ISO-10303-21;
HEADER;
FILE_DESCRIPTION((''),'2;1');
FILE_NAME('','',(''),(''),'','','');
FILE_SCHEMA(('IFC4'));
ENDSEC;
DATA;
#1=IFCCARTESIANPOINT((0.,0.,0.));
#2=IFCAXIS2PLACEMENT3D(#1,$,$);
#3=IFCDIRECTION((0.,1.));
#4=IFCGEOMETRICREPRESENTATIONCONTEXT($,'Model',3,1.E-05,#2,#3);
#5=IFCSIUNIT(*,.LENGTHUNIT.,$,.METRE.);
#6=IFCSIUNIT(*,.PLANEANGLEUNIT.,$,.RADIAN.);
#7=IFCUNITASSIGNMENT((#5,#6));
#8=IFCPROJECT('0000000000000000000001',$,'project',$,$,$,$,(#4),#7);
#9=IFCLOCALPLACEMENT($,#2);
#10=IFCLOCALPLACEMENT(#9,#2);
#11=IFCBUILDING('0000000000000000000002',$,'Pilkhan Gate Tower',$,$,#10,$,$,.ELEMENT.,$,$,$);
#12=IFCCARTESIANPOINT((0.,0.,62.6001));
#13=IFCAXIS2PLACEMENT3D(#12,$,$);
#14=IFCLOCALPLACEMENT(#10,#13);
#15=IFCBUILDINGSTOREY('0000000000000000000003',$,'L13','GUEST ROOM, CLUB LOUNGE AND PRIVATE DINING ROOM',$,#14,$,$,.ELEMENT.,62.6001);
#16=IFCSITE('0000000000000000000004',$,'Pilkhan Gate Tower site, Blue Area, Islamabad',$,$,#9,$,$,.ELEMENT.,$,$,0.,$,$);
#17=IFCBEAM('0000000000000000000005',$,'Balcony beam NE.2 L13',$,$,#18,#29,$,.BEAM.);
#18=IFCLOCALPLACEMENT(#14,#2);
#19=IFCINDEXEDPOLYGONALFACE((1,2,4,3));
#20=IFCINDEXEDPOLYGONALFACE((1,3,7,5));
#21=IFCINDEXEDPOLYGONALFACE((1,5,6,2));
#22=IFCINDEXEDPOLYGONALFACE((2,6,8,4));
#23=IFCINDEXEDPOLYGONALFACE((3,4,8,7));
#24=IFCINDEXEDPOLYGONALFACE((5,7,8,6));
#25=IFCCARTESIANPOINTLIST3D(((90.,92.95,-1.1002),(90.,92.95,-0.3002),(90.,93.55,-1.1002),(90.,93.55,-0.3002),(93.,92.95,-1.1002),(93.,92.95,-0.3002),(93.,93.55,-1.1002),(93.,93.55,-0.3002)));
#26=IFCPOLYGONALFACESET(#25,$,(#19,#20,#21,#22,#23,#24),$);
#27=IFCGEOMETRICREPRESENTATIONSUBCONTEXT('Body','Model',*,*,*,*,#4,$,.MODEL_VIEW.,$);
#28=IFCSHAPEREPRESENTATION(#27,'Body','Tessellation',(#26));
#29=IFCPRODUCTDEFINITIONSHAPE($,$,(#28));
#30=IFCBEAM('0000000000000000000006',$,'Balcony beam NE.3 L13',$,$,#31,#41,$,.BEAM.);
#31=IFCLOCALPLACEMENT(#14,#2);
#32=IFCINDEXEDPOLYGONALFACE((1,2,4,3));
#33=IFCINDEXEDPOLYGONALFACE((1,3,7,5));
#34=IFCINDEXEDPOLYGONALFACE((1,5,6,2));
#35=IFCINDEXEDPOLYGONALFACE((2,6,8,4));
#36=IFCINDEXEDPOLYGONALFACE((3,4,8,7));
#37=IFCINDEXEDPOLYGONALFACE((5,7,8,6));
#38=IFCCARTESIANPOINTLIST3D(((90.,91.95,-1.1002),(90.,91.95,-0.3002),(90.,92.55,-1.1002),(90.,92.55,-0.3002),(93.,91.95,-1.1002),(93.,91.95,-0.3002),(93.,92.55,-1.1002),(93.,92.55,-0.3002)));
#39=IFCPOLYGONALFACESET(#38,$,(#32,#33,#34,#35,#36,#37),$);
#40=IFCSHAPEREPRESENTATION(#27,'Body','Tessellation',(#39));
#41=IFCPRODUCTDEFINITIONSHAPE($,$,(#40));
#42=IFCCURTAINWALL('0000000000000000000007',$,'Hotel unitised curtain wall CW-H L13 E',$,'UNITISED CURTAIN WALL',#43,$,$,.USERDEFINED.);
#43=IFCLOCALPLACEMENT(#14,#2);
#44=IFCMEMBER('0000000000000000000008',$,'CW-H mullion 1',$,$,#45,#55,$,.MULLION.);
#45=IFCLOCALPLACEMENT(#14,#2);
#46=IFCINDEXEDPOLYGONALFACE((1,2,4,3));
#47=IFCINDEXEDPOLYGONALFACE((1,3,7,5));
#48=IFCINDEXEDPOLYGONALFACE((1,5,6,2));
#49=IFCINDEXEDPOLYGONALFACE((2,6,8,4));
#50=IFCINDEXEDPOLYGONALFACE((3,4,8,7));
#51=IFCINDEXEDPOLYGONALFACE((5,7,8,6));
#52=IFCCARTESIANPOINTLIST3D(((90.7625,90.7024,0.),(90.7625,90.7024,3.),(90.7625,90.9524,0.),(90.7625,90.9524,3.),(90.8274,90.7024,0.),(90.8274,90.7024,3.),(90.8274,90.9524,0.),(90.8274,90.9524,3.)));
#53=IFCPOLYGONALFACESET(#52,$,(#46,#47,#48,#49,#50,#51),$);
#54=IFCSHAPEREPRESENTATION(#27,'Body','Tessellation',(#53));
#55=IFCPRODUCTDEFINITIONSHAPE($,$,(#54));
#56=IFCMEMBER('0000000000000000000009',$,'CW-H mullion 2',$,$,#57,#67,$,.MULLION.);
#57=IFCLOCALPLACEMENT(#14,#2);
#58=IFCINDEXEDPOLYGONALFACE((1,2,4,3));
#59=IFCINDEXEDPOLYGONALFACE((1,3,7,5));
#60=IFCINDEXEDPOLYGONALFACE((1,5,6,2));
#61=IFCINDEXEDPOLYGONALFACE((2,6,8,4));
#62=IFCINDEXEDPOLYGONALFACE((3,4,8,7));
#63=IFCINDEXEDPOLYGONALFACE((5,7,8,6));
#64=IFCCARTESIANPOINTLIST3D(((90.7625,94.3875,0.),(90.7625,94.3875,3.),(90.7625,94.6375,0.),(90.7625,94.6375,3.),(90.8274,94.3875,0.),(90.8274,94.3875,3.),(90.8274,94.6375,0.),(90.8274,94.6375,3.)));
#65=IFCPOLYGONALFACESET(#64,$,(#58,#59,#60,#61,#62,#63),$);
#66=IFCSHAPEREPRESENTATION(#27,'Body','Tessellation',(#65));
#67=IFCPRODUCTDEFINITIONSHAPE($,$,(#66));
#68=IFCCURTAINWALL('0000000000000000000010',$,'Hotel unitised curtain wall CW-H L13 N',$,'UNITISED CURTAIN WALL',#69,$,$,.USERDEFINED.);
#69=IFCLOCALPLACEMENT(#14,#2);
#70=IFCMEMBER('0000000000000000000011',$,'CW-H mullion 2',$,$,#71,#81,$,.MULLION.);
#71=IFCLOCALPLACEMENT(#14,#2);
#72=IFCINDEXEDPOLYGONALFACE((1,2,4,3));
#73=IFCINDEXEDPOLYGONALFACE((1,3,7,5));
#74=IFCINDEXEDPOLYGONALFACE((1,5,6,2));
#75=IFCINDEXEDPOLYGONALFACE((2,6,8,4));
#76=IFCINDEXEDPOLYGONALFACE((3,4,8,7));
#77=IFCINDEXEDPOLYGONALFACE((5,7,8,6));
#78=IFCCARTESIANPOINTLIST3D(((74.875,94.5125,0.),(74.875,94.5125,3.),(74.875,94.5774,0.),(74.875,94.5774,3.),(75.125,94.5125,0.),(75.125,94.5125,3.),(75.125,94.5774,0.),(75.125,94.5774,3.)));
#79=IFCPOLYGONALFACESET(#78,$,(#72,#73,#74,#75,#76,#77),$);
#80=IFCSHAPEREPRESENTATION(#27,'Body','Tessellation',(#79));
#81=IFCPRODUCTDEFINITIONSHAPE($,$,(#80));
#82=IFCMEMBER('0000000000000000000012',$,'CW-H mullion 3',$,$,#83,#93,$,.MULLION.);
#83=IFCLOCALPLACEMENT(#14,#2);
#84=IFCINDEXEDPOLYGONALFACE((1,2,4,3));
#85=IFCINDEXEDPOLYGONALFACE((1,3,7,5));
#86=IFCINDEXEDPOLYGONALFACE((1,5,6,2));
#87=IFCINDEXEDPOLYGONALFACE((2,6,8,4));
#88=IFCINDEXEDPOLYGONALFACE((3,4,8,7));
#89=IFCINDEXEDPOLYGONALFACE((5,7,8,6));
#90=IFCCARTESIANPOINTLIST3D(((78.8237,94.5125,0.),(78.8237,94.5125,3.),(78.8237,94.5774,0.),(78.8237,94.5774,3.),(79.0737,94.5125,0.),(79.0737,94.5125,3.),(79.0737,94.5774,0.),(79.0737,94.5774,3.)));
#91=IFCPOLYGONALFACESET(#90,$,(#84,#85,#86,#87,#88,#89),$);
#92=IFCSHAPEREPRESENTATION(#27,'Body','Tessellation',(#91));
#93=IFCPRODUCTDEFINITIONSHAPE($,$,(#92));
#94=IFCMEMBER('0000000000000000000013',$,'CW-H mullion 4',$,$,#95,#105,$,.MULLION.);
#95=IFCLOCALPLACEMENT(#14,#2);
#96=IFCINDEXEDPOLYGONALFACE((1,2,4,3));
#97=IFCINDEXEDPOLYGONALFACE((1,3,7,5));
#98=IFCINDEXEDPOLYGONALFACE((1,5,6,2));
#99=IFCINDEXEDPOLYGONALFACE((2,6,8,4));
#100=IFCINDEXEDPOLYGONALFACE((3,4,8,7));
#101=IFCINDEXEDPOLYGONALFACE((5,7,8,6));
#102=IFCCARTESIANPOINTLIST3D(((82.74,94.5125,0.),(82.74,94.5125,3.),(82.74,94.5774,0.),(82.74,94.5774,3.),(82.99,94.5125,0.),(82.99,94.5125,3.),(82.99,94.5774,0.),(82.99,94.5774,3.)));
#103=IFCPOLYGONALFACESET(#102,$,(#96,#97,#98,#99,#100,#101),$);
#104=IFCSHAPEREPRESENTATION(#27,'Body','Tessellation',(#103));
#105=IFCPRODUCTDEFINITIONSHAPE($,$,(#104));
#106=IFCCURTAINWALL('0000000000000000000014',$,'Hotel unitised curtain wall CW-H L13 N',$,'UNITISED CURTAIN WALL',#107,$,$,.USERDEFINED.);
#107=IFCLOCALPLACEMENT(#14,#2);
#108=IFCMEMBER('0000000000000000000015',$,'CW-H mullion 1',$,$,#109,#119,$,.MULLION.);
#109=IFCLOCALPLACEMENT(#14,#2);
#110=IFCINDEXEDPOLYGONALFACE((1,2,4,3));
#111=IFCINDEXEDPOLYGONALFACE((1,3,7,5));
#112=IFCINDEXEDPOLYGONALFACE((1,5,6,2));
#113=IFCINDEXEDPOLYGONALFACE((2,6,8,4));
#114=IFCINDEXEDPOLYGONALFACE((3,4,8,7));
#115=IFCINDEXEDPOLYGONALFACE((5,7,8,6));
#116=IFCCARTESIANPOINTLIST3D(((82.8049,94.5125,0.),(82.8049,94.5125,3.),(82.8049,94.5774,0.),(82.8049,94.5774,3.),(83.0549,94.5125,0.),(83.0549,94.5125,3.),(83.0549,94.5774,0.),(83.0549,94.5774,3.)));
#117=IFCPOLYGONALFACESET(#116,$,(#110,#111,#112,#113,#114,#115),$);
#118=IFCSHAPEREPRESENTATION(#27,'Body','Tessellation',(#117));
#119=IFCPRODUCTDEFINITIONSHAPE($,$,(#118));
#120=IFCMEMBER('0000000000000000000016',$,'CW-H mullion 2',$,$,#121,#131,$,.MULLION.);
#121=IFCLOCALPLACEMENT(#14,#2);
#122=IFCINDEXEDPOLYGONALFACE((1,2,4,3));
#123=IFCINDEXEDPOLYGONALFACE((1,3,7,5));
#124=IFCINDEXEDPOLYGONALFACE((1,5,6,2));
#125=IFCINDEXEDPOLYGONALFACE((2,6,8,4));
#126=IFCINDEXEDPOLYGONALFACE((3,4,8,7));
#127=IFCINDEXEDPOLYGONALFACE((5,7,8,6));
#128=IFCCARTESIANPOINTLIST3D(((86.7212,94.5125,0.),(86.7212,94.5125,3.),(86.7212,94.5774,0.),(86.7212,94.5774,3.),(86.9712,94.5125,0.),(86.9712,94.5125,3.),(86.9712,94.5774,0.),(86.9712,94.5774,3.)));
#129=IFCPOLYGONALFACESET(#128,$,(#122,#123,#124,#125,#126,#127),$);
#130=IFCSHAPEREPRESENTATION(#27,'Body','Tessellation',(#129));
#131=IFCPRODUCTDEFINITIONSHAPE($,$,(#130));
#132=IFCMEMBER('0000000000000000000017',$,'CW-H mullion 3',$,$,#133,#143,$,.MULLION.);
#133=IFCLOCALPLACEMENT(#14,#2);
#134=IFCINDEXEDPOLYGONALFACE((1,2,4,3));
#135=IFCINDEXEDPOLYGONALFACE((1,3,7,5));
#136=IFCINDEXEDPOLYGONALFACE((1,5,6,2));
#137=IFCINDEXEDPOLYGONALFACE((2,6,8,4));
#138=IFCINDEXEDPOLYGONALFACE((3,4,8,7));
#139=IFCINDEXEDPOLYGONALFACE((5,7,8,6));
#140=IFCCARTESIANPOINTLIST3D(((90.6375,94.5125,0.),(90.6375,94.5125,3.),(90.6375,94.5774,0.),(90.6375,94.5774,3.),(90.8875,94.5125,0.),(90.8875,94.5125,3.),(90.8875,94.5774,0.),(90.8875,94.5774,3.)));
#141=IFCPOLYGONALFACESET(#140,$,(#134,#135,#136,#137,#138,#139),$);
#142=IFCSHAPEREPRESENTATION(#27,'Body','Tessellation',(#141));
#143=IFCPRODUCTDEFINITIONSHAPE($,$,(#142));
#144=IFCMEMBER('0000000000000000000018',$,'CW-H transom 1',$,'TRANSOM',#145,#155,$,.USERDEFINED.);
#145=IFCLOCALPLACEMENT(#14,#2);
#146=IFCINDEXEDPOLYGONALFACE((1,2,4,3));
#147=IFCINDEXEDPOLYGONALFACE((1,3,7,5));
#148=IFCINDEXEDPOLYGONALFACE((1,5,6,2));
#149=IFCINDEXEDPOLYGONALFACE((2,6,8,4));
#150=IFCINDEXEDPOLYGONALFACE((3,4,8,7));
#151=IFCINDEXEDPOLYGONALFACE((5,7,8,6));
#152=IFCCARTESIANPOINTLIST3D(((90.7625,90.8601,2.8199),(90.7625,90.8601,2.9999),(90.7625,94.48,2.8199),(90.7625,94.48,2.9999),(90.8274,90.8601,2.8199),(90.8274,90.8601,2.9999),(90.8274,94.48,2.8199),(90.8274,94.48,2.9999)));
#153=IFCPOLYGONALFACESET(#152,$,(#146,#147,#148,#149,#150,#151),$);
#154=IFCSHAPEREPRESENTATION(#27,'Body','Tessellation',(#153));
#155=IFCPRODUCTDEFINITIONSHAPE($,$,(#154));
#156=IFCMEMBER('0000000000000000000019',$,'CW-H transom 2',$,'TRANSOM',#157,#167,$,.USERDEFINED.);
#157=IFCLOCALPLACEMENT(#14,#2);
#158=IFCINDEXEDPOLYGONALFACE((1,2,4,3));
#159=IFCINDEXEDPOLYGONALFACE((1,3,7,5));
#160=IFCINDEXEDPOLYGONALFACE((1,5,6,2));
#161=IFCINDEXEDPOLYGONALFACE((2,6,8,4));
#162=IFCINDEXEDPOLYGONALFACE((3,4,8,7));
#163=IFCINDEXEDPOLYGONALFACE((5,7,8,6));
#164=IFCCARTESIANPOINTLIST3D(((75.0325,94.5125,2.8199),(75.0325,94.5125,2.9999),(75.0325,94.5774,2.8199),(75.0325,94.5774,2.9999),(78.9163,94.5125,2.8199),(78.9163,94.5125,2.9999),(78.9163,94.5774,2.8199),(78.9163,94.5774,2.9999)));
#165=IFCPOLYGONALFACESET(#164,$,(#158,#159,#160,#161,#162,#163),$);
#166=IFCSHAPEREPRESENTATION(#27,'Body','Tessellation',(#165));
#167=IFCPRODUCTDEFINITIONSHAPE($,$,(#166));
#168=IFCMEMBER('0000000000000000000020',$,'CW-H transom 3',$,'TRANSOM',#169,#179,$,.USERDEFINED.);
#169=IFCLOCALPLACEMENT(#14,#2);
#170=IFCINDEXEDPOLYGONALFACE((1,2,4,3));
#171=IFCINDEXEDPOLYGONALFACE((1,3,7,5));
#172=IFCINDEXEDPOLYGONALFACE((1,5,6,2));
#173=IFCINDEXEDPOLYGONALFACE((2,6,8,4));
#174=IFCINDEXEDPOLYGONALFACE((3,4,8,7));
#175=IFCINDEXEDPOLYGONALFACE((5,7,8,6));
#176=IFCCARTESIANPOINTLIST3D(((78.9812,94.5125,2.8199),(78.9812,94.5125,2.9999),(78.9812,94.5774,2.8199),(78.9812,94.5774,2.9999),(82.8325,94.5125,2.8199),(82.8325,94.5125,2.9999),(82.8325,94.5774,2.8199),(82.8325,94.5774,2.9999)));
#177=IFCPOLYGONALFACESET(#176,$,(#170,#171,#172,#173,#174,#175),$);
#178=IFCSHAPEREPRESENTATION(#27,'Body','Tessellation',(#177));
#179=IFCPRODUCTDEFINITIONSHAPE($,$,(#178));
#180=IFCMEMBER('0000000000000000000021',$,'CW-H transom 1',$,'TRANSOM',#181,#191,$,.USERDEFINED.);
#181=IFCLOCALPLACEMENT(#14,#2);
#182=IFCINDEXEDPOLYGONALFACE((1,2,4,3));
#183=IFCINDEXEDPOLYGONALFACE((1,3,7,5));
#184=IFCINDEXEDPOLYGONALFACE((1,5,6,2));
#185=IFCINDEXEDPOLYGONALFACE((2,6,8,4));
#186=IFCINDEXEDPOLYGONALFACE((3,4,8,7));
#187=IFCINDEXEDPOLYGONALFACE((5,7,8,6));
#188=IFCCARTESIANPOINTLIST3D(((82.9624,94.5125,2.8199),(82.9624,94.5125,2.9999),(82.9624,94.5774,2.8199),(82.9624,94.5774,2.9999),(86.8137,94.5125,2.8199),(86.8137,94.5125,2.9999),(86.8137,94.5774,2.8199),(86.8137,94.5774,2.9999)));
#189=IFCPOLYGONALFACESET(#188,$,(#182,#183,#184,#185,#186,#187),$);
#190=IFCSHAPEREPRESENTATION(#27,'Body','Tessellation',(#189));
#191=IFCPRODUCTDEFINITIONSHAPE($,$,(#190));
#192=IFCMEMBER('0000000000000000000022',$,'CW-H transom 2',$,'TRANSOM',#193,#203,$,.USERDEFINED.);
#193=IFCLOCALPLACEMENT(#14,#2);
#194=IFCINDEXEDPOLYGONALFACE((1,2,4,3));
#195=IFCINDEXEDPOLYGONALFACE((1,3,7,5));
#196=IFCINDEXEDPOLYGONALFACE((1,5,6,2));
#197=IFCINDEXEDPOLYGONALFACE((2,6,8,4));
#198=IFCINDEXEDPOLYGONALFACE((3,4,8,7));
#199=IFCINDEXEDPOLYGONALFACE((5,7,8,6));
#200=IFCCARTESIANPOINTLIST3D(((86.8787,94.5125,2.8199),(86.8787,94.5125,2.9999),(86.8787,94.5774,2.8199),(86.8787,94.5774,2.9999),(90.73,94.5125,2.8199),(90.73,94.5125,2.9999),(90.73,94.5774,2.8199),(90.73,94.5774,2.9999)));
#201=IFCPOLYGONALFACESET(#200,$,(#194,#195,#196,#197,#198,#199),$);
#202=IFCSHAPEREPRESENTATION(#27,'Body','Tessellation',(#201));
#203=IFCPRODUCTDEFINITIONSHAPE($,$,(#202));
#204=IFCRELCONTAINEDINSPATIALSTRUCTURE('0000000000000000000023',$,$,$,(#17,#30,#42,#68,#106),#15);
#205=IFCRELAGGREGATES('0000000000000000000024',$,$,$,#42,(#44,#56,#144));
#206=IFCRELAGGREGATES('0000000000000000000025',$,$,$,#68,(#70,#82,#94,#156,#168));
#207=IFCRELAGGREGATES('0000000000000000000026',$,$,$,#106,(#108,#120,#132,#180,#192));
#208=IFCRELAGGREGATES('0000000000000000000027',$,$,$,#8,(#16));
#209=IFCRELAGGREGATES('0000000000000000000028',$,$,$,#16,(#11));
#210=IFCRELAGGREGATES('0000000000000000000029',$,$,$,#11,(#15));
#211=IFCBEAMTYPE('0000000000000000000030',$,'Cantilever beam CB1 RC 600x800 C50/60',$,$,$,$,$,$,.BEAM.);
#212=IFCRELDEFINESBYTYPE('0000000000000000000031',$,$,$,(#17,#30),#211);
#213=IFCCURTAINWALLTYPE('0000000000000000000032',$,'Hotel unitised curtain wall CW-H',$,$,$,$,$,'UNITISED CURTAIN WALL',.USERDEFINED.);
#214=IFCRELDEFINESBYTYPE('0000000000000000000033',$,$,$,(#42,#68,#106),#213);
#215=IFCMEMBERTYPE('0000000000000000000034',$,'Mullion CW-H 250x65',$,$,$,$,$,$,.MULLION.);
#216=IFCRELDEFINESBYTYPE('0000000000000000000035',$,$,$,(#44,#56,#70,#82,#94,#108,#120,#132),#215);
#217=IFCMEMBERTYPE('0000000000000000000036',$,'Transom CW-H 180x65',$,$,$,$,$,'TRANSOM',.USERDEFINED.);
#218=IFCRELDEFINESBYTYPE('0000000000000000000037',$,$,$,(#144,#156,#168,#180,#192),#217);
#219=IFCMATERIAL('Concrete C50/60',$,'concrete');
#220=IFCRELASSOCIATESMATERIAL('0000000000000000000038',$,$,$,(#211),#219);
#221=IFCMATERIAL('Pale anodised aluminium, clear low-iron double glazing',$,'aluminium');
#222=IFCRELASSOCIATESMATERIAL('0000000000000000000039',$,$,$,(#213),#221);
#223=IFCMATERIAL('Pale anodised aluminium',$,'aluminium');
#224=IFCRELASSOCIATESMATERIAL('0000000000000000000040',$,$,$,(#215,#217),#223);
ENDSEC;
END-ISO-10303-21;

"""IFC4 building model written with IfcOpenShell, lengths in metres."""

from ifc_helpers import new_model, si_unit, direction, frame, origin, origin_2d, place, context, subcontext, project, spatial, rectangle, extrude, material, material_profile, profile_set, type_object, element, aggregate, save


model = new_model("IFC4")

# Units and contexts
model_context = context("Model", 3, precision=1e-05, world=origin(), true_north=direction((0.0, 1.0)))
body_context = subcontext(model_context, "Body", "Model", "MODEL_VIEW")
ifc_project = project(units=[si_unit("LENGTHUNIT", "METRE"), si_unit("PLANEANGLEUNIT", "RADIAN")], contexts=[model_context])

# Site, building, storey
site_placement = place(None, origin())
site = spatial("IfcSite", under=ifc_project, at=site_placement, Name="Pilkhan Gate Tower site, Blue Area, Islamabad", CompositionType="ELEMENT", RefElevation=0.0)
building_placement = place(site_placement, origin())
building = spatial("IfcBuilding", under=site, at=building_placement, Name="Pilkhan Gate Tower", CompositionType="ELEMENT")
storey_placement = place(building_placement, frame((0.0, 0.0, 62.6001)))
storey = spatial("IfcBuildingStorey", under=building, at=storey_placement, Name="L13", Description="GUEST ROOM, CLUB LOUNGE AND PRIVATE DINING ROOM", CompositionType="ELEMENT", Elevation=62.6001)

# Beams
ifc_material_1 = material(Name="Concrete C50/60", Category="concrete")
ifc_material_profile_1 = material_profile(ifc_material_1, rectangle(XDim=0.6001, YDim=0.8, at=origin_2d()), Name="RC 600x800")
ifc_profile_set_1 = profile_set([ifc_material_profile_1], Name="Concrete C50/60")
beam_type = type_object("IfcBeamType", Name="Cantilever beam CB1 RC 600x800 C50/60", PredefinedType="BEAM", material=ifc_profile_set_1)
for number, where, z_axis, x_axis, name in (
    (1, (90.0, 93.25, -0.7002), (1.0, 0.0, 0.0), (0.0, 1.0, 0.0), "Balcony beam NE.2 L13"),
    (2, (90.0, 92.25, -0.7002), (1.0, 0.0, 0.0), (0.0, 1.0, 0.0), "Balcony beam NE.3 L13"),
):
    element("IfcBeam", number, at=place(storey_placement, frame(where, z_axis=z_axis, x_axis=x_axis)), inside=storey, type_object=beam_type, Name=name, PredefinedType="BEAM", context=body_context, shape_type="SweptSolid", body=[
        extrude(rectangle(XDim=0.6001, YDim=0.8, at=origin_2d()), origin(), (0.0, 0.0, 1.0), 3.0),
    ])

# Curtain walls, members
ifc_material_2 = material(Name="Pale anodised aluminium, clear low-iron double glazing", Category="aluminium")
curtain_wall_type = type_object("IfcCurtainWallType", Name="Hotel unitised curtain wall CW-H", ElementType="UNITISED CURTAIN WALL", PredefinedType="USERDEFINED", material=ifc_material_2)
curtain_wall_1_placement = place(storey_placement, origin())
curtain_wall_1 = element("IfcCurtainWall", 3, at=curtain_wall_1_placement, inside=storey, type_object=curtain_wall_type, Name="Hotel unitised curtain wall CW-H L13 E", ObjectType="UNITISED CURTAIN WALL", PredefinedType="USERDEFINED")
ifc_material_3 = material(Name="Pale anodised aluminium", Category="aluminium")
ifc_material_profile_2 = material_profile(ifc_material_3, rectangle(XDim=0.0649, YDim=0.25, at=origin_2d()), Name="Mullion 250x65")
ifc_profile_set_2 = profile_set([ifc_material_profile_2], Name="Pale anodised aluminium")
member_type_1 = type_object("IfcMemberType", Name="Mullion CW-H 250x65", PredefinedType="MULLION", material=ifc_profile_set_2)
member_1_placement = place(storey_placement, frame((90.7949, 90.8274, 0.0), z_axis=(0.0, 0.0, 1.0), x_axis=(-1.0, 0.0, 0.0)))
member_1 = element("IfcMember", 4, at=member_1_placement, type_object=member_type_1, Name="CW-H mullion 1", PredefinedType="MULLION", context=body_context, shape_type="SweptSolid", body=[
    extrude(rectangle(XDim=0.0649, YDim=0.25, at=origin_2d()), origin(), (0.0, 0.0, 1.0), 3.0),
])
member_2_placement = place(storey_placement, frame((90.7949, 94.5125, 0.0), z_axis=(0.0, 0.0, 1.0), x_axis=(-1.0, 0.0, 0.0)))
member_2 = element("IfcMember", 5, at=member_2_placement, type_object=member_type_1, Name="CW-H mullion 2", PredefinedType="MULLION", context=body_context, shape_type="SweptSolid", body=[
    extrude(rectangle(XDim=0.0649, YDim=0.25, at=origin_2d()), origin(), (0.0, 0.0, 1.0), 3.0),
])
curtain_wall_2_placement = place(storey_placement, origin())
curtain_wall_2 = element("IfcCurtainWall", 6, at=curtain_wall_2_placement, inside=storey, type_object=curtain_wall_type, Name="Hotel unitised curtain wall CW-H L13 N", ObjectType="UNITISED CURTAIN WALL", PredefinedType="USERDEFINED")
member_3_placement = place(storey_placement, frame((75.0, 94.5449, 0.0), z_axis=(0.0, 0.0, 1.0), x_axis=(0.0, 1.0, 0.0)))
member_3 = element("IfcMember", 7, at=member_3_placement, type_object=member_type_1, Name="CW-H mullion 2", PredefinedType="MULLION", context=body_context, shape_type="SweptSolid", body=[
    extrude(rectangle(XDim=0.0649, YDim=0.25, at=origin_2d()), origin(), (0.0, 0.0, 1.0), 3.0),
])
member_4_placement = place(storey_placement, frame((78.9487, 94.5449, 0.0), z_axis=(0.0, 0.0, 1.0), x_axis=(0.0, 1.0, 0.0)))
member_4 = element("IfcMember", 8, at=member_4_placement, type_object=member_type_1, Name="CW-H mullion 3", PredefinedType="MULLION", context=body_context, shape_type="SweptSolid", body=[
    extrude(rectangle(XDim=0.0649, YDim=0.25, at=origin_2d()), origin(), (0.0, 0.0, 1.0), 3.0),
])
member_5_placement = place(storey_placement, frame((82.865, 94.5449, 0.0), z_axis=(0.0, 0.0, 1.0), x_axis=(0.0, 1.0, 0.0)))
member_5 = element("IfcMember", 9, at=member_5_placement, type_object=member_type_1, Name="CW-H mullion 4", PredefinedType="MULLION", context=body_context, shape_type="SweptSolid", body=[
    extrude(rectangle(XDim=0.0649, YDim=0.25, at=origin_2d()), origin(), (0.0, 0.0, 1.0), 3.0),
])
curtain_wall_3_placement = place(storey_placement, origin())
curtain_wall_3 = element("IfcCurtainWall", 10, at=curtain_wall_3_placement, inside=storey, type_object=curtain_wall_type, Name="Hotel unitised curtain wall CW-H L13 N", ObjectType="UNITISED CURTAIN WALL", PredefinedType="USERDEFINED")
member_6_placement = place(storey_placement, frame((82.9299, 94.5449, 0.0), z_axis=(0.0, 0.0, 1.0), x_axis=(0.0, 1.0, 0.0)))
member_6 = element("IfcMember", 11, at=member_6_placement, type_object=member_type_1, Name="CW-H mullion 1", PredefinedType="MULLION", context=body_context, shape_type="SweptSolid", body=[
    extrude(rectangle(XDim=0.0649, YDim=0.25, at=origin_2d()), origin(), (0.0, 0.0, 1.0), 3.0),
])
member_7_placement = place(storey_placement, frame((86.8462, 94.5449, 0.0), z_axis=(0.0, 0.0, 1.0), x_axis=(0.0, 1.0, 0.0)))
member_7 = element("IfcMember", 12, at=member_7_placement, type_object=member_type_1, Name="CW-H mullion 2", PredefinedType="MULLION", context=body_context, shape_type="SweptSolid", body=[
    extrude(rectangle(XDim=0.0649, YDim=0.25, at=origin_2d()), origin(), (0.0, 0.0, 1.0), 3.0),
])
member_8_placement = place(storey_placement, frame((90.7625, 94.5449, 0.0), z_axis=(0.0, 0.0, 1.0), x_axis=(0.0, 1.0, 0.0)))
member_8 = element("IfcMember", 13, at=member_8_placement, type_object=member_type_1, Name="CW-H mullion 3", PredefinedType="MULLION", context=body_context, shape_type="SweptSolid", body=[
    extrude(rectangle(XDim=0.0649, YDim=0.25, at=origin_2d()), origin(), (0.0, 0.0, 1.0), 3.0),
])

# Members
ifc_material_profile_3 = material_profile(ifc_material_3, rectangle(XDim=0.0649, YDim=0.1799, at=origin_2d()), Name="Transom 180x65")
ifc_profile_set_3 = profile_set([ifc_material_profile_3], Name="Pale anodised aluminium")
member_type_2 = type_object("IfcMemberType", Name="Transom CW-H 180x65", ElementType="TRANSOM", PredefinedType="USERDEFINED", material=ifc_profile_set_3)
member_9_placement = place(storey_placement, frame((90.7949, 90.8601, 2.9099), z_axis=(0.0, 1.0, 0.0), x_axis=(-1.0, 0.0, 0.0)))
member_9 = element("IfcMember", 14, at=member_9_placement, type_object=member_type_2, Name="CW-H transom 1", ObjectType="TRANSOM", PredefinedType="USERDEFINED", context=body_context, shape_type="SweptSolid", body=[
    extrude(rectangle(XDim=0.0649, YDim=0.1799, at=origin_2d()), origin(), (0.0, 0.0, 1.0), 3.6199),
])
member_10_placement = place(storey_placement, frame((75.0325, 94.5449, 2.9099), z_axis=(1.0, 0.0, 0.0), x_axis=(0.0, 1.0, 0.0)))
member_10 = element("IfcMember", 15, at=member_10_placement, type_object=member_type_2, Name="CW-H transom 2", ObjectType="TRANSOM", PredefinedType="USERDEFINED", context=body_context, shape_type="SweptSolid", body=[
    extrude(rectangle(XDim=0.0649, YDim=0.1799, at=origin_2d()), origin(), (0.0, 0.0, 1.0), 3.8838),
])
member_11_placement = place(storey_placement, frame((78.9812, 94.5449, 2.9099), z_axis=(1.0, 0.0, 0.0), x_axis=(0.0, 1.0, 0.0)))
member_11 = element("IfcMember", 16, at=member_11_placement, type_object=member_type_2, Name="CW-H transom 3", ObjectType="TRANSOM", PredefinedType="USERDEFINED", context=body_context, shape_type="SweptSolid", body=[
    extrude(rectangle(XDim=0.0649, YDim=0.1799, at=origin_2d()), origin(), (0.0, 0.0, 1.0), 3.8513),
])
member_12_placement = place(storey_placement, frame((82.9624, 94.5449, 2.9099), z_axis=(1.0, 0.0, 0.0), x_axis=(0.0, 1.0, 0.0)))
member_12 = element("IfcMember", 17, at=member_12_placement, type_object=member_type_2, Name="CW-H transom 1", ObjectType="TRANSOM", PredefinedType="USERDEFINED", context=body_context, shape_type="SweptSolid", body=[
    extrude(rectangle(XDim=0.0649, YDim=0.1799, at=origin_2d()), origin(), (0.0, 0.0, 1.0), 3.8513),
])
member_13_placement = place(storey_placement, frame((86.8787, 94.5449, 2.9099), z_axis=(1.0, 0.0, 0.0), x_axis=(0.0, 1.0, 0.0)))
member_13 = element("IfcMember", 18, at=member_13_placement, type_object=member_type_2, Name="CW-H transom 2", ObjectType="TRANSOM", PredefinedType="USERDEFINED", context=body_context, shape_type="SweptSolid", body=[
    extrude(rectangle(XDim=0.0649, YDim=0.1799, at=origin_2d()), origin(), (0.0, 0.0, 1.0), 3.8513),
])

aggregate(curtain_wall_1, [member_1, member_2, member_9])
aggregate(curtain_wall_2, [member_3, member_4, member_5, member_10, member_11])
aggregate(curtain_wall_3, [member_6, member_7, member_8, member_12, member_13])

save(model, "model.ifc")
